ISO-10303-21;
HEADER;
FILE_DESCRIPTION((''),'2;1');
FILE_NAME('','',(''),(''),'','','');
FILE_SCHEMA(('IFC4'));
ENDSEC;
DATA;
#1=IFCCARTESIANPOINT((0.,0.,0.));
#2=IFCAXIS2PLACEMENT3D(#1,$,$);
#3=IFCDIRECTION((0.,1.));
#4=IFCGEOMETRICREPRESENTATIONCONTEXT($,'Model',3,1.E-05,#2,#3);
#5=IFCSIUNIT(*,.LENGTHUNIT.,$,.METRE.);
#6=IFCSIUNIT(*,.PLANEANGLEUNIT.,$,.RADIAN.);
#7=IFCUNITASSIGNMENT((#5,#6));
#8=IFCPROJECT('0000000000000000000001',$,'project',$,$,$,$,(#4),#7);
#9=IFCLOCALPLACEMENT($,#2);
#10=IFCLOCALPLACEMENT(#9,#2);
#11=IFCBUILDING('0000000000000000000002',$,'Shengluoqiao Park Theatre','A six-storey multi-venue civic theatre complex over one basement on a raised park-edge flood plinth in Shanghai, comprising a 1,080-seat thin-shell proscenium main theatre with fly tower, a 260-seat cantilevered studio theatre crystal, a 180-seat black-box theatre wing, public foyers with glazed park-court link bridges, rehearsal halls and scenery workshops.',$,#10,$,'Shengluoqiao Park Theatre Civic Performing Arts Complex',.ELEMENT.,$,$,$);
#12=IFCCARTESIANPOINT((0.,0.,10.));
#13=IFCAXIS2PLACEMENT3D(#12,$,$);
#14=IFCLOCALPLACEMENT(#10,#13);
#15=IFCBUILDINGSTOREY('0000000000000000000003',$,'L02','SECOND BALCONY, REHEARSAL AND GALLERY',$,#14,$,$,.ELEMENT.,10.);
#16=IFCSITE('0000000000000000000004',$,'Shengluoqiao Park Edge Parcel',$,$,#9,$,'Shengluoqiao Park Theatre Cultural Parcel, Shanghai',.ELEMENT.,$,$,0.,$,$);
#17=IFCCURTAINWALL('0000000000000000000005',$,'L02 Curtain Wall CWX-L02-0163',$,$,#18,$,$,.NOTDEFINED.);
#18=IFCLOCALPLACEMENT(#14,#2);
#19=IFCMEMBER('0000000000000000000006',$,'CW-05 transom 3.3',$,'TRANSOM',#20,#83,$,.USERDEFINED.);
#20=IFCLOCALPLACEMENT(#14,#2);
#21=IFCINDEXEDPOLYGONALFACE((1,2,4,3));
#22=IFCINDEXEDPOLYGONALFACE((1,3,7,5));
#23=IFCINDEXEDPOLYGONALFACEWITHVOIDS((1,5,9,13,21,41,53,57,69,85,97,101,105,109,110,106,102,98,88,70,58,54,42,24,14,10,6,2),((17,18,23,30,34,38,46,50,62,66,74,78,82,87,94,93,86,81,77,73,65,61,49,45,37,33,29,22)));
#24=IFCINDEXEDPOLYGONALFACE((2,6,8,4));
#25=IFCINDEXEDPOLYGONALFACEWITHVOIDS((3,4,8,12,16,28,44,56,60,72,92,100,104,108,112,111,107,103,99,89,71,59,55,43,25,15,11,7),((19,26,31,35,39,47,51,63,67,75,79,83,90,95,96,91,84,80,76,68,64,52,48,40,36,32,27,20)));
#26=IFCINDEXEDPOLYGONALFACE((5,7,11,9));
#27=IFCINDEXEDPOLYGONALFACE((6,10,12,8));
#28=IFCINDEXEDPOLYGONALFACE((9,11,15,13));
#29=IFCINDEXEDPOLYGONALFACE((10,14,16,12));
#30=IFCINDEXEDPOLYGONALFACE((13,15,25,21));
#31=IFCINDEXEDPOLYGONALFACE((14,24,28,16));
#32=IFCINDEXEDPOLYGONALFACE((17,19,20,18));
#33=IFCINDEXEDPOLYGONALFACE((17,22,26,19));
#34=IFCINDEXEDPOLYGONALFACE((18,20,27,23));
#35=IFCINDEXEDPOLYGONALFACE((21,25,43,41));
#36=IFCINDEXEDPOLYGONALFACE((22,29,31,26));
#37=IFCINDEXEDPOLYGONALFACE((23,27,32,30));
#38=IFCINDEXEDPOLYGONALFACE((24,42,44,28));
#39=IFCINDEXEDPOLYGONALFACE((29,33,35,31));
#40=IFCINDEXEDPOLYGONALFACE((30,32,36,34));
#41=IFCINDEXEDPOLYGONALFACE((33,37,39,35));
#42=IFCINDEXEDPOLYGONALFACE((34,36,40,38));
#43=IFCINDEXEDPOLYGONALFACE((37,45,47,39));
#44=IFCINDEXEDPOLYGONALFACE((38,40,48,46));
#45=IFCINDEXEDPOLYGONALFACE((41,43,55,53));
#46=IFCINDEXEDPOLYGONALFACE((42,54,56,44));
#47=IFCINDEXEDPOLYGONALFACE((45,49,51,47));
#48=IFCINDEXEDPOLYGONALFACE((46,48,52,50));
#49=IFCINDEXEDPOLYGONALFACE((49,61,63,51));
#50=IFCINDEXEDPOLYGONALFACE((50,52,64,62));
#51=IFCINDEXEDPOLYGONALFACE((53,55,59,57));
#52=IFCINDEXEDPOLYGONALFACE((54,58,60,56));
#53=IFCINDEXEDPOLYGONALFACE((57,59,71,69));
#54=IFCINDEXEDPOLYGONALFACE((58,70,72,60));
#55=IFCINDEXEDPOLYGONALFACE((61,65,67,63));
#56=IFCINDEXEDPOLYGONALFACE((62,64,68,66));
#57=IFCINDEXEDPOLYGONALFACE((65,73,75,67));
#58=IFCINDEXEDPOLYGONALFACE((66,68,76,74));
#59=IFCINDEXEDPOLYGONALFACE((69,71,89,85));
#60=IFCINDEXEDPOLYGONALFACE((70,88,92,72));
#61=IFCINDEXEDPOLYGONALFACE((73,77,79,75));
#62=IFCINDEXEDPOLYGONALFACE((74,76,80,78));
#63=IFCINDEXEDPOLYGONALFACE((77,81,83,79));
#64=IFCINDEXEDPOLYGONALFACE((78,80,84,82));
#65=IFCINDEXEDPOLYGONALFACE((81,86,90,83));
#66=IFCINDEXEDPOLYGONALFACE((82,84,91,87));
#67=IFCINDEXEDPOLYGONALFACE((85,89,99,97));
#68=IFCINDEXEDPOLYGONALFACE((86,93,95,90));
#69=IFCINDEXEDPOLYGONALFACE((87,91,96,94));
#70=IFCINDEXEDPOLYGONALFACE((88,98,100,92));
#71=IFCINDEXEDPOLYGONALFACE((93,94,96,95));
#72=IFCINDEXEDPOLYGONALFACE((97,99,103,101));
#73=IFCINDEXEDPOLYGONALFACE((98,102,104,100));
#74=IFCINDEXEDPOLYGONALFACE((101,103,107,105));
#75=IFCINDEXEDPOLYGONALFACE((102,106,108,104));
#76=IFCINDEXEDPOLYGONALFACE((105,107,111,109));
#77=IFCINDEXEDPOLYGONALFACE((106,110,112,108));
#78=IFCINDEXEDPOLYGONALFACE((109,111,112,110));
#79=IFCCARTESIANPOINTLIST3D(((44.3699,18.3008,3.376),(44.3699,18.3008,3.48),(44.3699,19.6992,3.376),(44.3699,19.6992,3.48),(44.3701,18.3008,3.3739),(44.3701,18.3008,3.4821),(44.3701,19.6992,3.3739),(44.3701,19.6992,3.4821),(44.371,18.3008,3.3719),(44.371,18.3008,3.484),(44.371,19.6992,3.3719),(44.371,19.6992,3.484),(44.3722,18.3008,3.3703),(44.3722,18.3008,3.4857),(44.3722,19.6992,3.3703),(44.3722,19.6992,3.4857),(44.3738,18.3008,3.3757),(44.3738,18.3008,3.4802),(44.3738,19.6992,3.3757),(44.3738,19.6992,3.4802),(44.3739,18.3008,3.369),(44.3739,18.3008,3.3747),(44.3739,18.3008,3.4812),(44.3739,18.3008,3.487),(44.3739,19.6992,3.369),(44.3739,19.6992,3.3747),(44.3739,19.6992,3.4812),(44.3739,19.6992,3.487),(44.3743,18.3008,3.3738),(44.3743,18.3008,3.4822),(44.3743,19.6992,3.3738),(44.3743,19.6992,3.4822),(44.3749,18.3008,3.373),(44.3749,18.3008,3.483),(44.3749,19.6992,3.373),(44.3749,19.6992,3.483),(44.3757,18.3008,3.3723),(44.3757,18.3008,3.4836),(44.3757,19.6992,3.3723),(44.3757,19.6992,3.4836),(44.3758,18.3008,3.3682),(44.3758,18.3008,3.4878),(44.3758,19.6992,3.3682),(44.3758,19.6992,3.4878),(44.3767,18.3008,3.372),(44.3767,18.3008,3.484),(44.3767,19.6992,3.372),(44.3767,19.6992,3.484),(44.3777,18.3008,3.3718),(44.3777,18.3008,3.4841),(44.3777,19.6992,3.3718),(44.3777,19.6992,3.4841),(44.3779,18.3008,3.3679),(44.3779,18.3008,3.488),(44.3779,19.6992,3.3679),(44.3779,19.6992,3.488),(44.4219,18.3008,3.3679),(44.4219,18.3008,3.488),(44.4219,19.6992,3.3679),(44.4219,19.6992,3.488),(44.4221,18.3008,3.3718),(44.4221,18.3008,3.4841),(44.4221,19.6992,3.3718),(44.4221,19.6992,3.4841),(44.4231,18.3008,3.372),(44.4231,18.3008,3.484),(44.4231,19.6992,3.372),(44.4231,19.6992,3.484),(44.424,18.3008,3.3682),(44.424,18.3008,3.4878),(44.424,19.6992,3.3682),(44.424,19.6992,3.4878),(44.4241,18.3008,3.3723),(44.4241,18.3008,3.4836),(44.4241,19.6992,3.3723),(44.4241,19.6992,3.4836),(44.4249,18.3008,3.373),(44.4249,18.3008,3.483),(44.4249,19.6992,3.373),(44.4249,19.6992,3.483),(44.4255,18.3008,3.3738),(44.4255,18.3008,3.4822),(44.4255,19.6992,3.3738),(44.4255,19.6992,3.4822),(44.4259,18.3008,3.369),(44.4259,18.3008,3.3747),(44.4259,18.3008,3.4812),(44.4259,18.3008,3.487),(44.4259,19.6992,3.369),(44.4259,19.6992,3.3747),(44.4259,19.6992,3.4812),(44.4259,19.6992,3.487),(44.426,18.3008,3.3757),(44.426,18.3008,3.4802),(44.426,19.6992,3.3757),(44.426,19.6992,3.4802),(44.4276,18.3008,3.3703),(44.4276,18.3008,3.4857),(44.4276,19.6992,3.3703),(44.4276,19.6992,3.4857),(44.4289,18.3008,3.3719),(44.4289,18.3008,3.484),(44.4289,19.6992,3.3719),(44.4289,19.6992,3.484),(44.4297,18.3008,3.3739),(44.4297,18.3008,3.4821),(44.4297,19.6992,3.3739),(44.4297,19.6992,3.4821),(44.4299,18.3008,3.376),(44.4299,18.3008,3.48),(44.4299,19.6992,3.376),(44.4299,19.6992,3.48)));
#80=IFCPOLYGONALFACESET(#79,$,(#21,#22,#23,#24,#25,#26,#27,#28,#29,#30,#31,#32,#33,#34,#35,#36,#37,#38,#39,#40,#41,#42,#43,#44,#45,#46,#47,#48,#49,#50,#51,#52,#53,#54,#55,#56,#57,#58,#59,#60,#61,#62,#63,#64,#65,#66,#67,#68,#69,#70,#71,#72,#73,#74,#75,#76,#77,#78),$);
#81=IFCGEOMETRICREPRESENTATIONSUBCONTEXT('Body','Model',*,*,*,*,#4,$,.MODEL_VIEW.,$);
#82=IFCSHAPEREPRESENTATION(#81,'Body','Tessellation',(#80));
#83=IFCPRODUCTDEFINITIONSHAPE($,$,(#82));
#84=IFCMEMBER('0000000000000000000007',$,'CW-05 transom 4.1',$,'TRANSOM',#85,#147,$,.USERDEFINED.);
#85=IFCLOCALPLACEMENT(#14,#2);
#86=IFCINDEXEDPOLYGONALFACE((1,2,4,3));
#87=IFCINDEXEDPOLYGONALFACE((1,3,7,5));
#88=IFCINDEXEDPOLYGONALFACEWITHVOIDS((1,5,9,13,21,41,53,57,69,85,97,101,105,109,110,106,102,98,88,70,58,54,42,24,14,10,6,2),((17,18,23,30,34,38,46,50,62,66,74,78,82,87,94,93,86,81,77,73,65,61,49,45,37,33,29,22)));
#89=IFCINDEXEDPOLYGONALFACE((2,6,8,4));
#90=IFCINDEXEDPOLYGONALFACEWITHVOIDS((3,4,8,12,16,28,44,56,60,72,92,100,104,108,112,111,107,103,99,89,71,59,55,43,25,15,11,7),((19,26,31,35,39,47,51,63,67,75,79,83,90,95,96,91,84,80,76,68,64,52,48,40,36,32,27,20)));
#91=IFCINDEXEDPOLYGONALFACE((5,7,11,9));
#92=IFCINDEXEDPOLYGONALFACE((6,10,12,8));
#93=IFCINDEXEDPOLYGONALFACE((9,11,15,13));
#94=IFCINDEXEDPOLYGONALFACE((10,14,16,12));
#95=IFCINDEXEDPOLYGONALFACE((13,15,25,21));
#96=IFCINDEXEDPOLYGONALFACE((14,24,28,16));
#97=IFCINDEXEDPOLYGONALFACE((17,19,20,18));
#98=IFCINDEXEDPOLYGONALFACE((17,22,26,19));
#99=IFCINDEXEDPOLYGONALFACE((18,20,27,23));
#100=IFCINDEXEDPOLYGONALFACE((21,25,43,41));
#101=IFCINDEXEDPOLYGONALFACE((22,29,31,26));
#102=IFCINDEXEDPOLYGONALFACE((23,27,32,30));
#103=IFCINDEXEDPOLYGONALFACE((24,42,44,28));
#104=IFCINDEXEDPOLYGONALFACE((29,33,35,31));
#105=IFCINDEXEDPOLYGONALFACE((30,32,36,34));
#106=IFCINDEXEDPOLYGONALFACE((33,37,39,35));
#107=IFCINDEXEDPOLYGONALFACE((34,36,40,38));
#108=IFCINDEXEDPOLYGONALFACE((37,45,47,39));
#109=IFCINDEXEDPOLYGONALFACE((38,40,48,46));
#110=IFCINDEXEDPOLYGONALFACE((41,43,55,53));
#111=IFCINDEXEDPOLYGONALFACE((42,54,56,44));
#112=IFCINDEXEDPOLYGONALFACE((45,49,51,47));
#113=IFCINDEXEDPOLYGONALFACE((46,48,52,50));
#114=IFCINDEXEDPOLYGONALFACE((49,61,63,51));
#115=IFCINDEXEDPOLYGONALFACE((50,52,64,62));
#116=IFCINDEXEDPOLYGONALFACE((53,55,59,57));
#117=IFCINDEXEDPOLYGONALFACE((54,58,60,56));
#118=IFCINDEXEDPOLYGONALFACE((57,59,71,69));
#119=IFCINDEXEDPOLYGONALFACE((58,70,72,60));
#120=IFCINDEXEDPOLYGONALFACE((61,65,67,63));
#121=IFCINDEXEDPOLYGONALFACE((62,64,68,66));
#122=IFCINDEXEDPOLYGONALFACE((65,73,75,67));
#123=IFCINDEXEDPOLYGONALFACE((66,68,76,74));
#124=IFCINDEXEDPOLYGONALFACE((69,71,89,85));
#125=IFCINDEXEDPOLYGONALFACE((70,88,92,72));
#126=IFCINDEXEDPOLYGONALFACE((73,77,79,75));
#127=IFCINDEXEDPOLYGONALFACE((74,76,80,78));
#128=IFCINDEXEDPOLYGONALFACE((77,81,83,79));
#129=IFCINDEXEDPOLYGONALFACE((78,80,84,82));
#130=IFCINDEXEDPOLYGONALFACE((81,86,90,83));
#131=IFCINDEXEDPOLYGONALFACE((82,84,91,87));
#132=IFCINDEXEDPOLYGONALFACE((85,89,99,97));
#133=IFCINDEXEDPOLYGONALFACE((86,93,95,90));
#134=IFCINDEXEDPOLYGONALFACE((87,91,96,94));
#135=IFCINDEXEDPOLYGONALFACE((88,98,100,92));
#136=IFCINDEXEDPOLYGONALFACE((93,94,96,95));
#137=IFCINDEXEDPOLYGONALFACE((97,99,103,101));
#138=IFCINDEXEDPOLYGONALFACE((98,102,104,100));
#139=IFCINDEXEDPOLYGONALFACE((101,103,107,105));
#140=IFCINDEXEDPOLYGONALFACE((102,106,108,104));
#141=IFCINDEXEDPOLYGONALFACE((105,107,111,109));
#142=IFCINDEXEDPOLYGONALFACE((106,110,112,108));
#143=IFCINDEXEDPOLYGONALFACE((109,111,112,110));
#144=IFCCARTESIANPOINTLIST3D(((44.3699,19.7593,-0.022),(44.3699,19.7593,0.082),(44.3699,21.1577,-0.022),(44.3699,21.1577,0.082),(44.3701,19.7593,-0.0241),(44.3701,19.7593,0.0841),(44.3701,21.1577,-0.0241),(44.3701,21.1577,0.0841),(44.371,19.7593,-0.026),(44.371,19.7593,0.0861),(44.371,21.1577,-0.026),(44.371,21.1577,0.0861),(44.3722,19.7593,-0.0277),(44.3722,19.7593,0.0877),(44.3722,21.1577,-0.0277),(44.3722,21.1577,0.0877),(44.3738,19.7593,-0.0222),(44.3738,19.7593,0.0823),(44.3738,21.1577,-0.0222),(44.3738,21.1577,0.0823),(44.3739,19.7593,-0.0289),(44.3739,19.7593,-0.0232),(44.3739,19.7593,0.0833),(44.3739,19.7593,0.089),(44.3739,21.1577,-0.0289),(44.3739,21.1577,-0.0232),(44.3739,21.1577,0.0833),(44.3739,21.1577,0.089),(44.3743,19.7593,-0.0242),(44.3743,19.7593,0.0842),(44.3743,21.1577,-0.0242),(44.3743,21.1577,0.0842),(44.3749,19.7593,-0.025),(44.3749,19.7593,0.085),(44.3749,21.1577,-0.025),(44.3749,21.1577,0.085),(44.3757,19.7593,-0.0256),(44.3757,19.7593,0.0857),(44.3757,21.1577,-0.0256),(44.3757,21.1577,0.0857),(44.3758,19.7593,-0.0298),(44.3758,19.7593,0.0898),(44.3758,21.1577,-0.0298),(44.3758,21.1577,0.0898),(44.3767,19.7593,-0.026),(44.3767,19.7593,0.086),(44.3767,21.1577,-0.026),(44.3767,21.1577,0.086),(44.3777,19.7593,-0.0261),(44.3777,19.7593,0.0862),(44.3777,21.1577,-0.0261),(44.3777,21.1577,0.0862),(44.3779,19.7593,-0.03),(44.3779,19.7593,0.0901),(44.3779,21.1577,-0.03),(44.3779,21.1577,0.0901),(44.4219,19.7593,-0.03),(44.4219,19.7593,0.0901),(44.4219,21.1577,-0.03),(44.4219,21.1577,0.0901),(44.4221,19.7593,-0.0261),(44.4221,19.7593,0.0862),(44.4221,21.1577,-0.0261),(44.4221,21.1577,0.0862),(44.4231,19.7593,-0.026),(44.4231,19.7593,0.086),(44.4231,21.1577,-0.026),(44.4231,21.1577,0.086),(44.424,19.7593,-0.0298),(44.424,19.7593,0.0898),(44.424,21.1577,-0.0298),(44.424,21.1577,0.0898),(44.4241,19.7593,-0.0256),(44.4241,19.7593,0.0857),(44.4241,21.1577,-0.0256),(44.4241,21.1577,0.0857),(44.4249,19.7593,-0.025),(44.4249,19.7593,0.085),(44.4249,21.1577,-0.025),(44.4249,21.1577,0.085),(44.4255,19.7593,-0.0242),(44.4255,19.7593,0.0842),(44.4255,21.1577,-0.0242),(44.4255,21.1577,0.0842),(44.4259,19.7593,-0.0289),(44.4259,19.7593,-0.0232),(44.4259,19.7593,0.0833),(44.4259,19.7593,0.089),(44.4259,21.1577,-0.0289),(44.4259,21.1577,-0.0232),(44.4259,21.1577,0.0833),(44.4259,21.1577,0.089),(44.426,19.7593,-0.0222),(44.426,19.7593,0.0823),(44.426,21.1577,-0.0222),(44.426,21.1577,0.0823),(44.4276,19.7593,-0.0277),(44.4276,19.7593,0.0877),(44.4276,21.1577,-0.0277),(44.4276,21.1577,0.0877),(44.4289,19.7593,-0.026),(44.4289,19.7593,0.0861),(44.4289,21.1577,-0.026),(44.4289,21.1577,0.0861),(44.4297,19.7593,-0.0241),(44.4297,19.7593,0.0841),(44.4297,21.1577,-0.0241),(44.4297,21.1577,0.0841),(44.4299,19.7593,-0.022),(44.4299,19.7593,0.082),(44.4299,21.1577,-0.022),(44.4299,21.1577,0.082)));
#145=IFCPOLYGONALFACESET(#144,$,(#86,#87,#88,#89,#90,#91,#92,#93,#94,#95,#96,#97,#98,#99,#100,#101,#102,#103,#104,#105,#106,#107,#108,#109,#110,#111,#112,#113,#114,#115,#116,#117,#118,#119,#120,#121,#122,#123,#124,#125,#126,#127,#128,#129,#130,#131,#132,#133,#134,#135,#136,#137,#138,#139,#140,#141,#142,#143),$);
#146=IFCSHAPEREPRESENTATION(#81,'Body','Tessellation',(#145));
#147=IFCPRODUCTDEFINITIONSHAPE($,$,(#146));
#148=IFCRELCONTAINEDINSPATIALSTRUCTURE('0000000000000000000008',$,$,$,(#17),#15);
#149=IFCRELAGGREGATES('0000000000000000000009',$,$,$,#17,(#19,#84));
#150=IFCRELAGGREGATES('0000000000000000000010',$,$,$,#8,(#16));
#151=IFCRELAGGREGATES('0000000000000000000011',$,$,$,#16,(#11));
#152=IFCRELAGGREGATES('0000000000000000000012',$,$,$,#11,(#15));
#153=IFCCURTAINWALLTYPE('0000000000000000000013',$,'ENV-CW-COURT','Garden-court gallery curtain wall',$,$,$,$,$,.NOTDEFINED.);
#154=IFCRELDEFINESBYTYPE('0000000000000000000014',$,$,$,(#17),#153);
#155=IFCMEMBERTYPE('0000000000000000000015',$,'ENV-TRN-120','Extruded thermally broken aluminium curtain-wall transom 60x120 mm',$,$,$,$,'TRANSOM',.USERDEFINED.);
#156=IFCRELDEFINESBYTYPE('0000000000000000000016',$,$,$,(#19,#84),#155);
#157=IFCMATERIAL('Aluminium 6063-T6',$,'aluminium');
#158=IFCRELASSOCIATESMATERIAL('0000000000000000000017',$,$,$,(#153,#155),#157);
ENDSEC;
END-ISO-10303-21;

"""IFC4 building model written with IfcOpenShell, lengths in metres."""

from ifc_helpers import new_model, si_unit, direction, frame, origin, origin_2d, place, context, subcontext, project, spatial, hollow_rectangle, extrude, material, material_profile, profile_set, type_object, element, aggregate, save


model = new_model("IFC4")

# Units and contexts
model_context = context("Model", 3, precision=1e-05, world=origin(), true_north=direction((0.0, 1.0)))
body_context = subcontext(model_context, "Body", "Model", "MODEL_VIEW")
ifc_project = project(units=[si_unit("LENGTHUNIT", "METRE"), si_unit("PLANEANGLEUNIT", "RADIAN")], contexts=[model_context])

# Site, building, storey
site_placement = place(None, origin())
site = spatial("IfcSite", under=ifc_project, at=site_placement, Name="Shengluoqiao Park Edge Parcel", LongName="Shengluoqiao Park Theatre Cultural Parcel, Shanghai", CompositionType="ELEMENT", RefElevation=0.0)
building_placement = place(site_placement, origin())
building = spatial("IfcBuilding", under=site, at=building_placement, Name="Shengluoqiao Park Theatre", Description="A six-storey multi-venue civic theatre complex over one basement on a raised park-edge flood plinth in Shanghai, comprising a 1,080-seat thin-shell proscenium main theatre with fly tower, a 260-seat cantilevered studio theatre crystal, a 180-seat black-box theatre wing, public foyers with glazed park-court link bridges, rehearsal halls and scenery workshops.", LongName="Shengluoqiao Park Theatre Civic Performing Arts Complex", CompositionType="ELEMENT")
storey_placement = place(building_placement, frame((0.0, 0.0, 10.0)))
storey = spatial("IfcBuildingStorey", under=building, at=storey_placement, Name="L02", Description="SECOND BALCONY, REHEARSAL AND GALLERY", CompositionType="ELEMENT", Elevation=10.0)

# Curtain wall, members
ifc_material_1 = material(Name="Aluminium 6063-T6", Category="aluminium")
curtain_wall_type = type_object("IfcCurtainWallType", Name="ENV-CW-COURT", Description="Garden-court gallery curtain wall", PredefinedType="NOTDEFINED", material=ifc_material_1)
curtain_wall_1_placement = place(storey_placement, origin())
curtain_wall_1 = element("IfcCurtainWall", 1, at=curtain_wall_1_placement, inside=storey, type_object=curtain_wall_type, Name="L02 Curtain Wall CWX-L02-0163", PredefinedType="NOTDEFINED")
ifc_material_profile_1 = material_profile(ifc_material_1, hollow_rectangle(XDim=0.0601, YDim=0.1201, WallThickness=0.0039, InnerFilletRadius=0.0039, OuterFilletRadius=0.0081, at=origin_2d()), Name="ALU TRANSOM 120x60x4")
ifc_profile_set_1 = profile_set([ifc_material_profile_1], Name="Aluminium 6063-T6")
member_type_1 = type_object("IfcMemberType", Name="ENV-TRN-120", Description="Extruded thermally broken aluminium curtain-wall transom 60x120 mm", ElementType="TRANSOM", PredefinedType="USERDEFINED", material=ifc_profile_set_1)
member_1_placement = place(storey_placement, frame((44.3999, 18.3008, 3.428), z_axis=(0.0, 1.0, 0.0), x_axis=(-1.0, 0.0, 0.0)))
member_1 = element("IfcMember", 2, at=member_1_placement, type_object=member_type_1, Name="CW-05 transom 3.3", ObjectType="TRANSOM", PredefinedType="USERDEFINED", context=body_context, shape_type="SweptSolid", body=[
    extrude(hollow_rectangle(XDim=0.0601, YDim=0.1201, WallThickness=0.0039, InnerFilletRadius=0.0039, OuterFilletRadius=0.0081, at=origin_2d()), origin(), (0.0, 0.0, 1.0), 1.3984),
])
member_2_placement = place(storey_placement, frame((44.3999, 19.7593, 0.03), z_axis=(0.0, 1.0, 0.0), x_axis=(-1.0, 0.0, 0.0)))
member_2 = element("IfcMember", 3, at=member_2_placement, type_object=member_type_1, Name="CW-05 transom 4.1", ObjectType="TRANSOM", PredefinedType="USERDEFINED", context=body_context, shape_type="SweptSolid", body=[
    extrude(hollow_rectangle(XDim=0.0601, YDim=0.1201, WallThickness=0.0039, InnerFilletRadius=0.0039, OuterFilletRadius=0.0081, at=origin_2d()), origin(), (0.0, 0.0, 1.0), 1.3984),
])

aggregate(curtain_wall_1, [member_1, member_2])

save(model, "model.ifc")
